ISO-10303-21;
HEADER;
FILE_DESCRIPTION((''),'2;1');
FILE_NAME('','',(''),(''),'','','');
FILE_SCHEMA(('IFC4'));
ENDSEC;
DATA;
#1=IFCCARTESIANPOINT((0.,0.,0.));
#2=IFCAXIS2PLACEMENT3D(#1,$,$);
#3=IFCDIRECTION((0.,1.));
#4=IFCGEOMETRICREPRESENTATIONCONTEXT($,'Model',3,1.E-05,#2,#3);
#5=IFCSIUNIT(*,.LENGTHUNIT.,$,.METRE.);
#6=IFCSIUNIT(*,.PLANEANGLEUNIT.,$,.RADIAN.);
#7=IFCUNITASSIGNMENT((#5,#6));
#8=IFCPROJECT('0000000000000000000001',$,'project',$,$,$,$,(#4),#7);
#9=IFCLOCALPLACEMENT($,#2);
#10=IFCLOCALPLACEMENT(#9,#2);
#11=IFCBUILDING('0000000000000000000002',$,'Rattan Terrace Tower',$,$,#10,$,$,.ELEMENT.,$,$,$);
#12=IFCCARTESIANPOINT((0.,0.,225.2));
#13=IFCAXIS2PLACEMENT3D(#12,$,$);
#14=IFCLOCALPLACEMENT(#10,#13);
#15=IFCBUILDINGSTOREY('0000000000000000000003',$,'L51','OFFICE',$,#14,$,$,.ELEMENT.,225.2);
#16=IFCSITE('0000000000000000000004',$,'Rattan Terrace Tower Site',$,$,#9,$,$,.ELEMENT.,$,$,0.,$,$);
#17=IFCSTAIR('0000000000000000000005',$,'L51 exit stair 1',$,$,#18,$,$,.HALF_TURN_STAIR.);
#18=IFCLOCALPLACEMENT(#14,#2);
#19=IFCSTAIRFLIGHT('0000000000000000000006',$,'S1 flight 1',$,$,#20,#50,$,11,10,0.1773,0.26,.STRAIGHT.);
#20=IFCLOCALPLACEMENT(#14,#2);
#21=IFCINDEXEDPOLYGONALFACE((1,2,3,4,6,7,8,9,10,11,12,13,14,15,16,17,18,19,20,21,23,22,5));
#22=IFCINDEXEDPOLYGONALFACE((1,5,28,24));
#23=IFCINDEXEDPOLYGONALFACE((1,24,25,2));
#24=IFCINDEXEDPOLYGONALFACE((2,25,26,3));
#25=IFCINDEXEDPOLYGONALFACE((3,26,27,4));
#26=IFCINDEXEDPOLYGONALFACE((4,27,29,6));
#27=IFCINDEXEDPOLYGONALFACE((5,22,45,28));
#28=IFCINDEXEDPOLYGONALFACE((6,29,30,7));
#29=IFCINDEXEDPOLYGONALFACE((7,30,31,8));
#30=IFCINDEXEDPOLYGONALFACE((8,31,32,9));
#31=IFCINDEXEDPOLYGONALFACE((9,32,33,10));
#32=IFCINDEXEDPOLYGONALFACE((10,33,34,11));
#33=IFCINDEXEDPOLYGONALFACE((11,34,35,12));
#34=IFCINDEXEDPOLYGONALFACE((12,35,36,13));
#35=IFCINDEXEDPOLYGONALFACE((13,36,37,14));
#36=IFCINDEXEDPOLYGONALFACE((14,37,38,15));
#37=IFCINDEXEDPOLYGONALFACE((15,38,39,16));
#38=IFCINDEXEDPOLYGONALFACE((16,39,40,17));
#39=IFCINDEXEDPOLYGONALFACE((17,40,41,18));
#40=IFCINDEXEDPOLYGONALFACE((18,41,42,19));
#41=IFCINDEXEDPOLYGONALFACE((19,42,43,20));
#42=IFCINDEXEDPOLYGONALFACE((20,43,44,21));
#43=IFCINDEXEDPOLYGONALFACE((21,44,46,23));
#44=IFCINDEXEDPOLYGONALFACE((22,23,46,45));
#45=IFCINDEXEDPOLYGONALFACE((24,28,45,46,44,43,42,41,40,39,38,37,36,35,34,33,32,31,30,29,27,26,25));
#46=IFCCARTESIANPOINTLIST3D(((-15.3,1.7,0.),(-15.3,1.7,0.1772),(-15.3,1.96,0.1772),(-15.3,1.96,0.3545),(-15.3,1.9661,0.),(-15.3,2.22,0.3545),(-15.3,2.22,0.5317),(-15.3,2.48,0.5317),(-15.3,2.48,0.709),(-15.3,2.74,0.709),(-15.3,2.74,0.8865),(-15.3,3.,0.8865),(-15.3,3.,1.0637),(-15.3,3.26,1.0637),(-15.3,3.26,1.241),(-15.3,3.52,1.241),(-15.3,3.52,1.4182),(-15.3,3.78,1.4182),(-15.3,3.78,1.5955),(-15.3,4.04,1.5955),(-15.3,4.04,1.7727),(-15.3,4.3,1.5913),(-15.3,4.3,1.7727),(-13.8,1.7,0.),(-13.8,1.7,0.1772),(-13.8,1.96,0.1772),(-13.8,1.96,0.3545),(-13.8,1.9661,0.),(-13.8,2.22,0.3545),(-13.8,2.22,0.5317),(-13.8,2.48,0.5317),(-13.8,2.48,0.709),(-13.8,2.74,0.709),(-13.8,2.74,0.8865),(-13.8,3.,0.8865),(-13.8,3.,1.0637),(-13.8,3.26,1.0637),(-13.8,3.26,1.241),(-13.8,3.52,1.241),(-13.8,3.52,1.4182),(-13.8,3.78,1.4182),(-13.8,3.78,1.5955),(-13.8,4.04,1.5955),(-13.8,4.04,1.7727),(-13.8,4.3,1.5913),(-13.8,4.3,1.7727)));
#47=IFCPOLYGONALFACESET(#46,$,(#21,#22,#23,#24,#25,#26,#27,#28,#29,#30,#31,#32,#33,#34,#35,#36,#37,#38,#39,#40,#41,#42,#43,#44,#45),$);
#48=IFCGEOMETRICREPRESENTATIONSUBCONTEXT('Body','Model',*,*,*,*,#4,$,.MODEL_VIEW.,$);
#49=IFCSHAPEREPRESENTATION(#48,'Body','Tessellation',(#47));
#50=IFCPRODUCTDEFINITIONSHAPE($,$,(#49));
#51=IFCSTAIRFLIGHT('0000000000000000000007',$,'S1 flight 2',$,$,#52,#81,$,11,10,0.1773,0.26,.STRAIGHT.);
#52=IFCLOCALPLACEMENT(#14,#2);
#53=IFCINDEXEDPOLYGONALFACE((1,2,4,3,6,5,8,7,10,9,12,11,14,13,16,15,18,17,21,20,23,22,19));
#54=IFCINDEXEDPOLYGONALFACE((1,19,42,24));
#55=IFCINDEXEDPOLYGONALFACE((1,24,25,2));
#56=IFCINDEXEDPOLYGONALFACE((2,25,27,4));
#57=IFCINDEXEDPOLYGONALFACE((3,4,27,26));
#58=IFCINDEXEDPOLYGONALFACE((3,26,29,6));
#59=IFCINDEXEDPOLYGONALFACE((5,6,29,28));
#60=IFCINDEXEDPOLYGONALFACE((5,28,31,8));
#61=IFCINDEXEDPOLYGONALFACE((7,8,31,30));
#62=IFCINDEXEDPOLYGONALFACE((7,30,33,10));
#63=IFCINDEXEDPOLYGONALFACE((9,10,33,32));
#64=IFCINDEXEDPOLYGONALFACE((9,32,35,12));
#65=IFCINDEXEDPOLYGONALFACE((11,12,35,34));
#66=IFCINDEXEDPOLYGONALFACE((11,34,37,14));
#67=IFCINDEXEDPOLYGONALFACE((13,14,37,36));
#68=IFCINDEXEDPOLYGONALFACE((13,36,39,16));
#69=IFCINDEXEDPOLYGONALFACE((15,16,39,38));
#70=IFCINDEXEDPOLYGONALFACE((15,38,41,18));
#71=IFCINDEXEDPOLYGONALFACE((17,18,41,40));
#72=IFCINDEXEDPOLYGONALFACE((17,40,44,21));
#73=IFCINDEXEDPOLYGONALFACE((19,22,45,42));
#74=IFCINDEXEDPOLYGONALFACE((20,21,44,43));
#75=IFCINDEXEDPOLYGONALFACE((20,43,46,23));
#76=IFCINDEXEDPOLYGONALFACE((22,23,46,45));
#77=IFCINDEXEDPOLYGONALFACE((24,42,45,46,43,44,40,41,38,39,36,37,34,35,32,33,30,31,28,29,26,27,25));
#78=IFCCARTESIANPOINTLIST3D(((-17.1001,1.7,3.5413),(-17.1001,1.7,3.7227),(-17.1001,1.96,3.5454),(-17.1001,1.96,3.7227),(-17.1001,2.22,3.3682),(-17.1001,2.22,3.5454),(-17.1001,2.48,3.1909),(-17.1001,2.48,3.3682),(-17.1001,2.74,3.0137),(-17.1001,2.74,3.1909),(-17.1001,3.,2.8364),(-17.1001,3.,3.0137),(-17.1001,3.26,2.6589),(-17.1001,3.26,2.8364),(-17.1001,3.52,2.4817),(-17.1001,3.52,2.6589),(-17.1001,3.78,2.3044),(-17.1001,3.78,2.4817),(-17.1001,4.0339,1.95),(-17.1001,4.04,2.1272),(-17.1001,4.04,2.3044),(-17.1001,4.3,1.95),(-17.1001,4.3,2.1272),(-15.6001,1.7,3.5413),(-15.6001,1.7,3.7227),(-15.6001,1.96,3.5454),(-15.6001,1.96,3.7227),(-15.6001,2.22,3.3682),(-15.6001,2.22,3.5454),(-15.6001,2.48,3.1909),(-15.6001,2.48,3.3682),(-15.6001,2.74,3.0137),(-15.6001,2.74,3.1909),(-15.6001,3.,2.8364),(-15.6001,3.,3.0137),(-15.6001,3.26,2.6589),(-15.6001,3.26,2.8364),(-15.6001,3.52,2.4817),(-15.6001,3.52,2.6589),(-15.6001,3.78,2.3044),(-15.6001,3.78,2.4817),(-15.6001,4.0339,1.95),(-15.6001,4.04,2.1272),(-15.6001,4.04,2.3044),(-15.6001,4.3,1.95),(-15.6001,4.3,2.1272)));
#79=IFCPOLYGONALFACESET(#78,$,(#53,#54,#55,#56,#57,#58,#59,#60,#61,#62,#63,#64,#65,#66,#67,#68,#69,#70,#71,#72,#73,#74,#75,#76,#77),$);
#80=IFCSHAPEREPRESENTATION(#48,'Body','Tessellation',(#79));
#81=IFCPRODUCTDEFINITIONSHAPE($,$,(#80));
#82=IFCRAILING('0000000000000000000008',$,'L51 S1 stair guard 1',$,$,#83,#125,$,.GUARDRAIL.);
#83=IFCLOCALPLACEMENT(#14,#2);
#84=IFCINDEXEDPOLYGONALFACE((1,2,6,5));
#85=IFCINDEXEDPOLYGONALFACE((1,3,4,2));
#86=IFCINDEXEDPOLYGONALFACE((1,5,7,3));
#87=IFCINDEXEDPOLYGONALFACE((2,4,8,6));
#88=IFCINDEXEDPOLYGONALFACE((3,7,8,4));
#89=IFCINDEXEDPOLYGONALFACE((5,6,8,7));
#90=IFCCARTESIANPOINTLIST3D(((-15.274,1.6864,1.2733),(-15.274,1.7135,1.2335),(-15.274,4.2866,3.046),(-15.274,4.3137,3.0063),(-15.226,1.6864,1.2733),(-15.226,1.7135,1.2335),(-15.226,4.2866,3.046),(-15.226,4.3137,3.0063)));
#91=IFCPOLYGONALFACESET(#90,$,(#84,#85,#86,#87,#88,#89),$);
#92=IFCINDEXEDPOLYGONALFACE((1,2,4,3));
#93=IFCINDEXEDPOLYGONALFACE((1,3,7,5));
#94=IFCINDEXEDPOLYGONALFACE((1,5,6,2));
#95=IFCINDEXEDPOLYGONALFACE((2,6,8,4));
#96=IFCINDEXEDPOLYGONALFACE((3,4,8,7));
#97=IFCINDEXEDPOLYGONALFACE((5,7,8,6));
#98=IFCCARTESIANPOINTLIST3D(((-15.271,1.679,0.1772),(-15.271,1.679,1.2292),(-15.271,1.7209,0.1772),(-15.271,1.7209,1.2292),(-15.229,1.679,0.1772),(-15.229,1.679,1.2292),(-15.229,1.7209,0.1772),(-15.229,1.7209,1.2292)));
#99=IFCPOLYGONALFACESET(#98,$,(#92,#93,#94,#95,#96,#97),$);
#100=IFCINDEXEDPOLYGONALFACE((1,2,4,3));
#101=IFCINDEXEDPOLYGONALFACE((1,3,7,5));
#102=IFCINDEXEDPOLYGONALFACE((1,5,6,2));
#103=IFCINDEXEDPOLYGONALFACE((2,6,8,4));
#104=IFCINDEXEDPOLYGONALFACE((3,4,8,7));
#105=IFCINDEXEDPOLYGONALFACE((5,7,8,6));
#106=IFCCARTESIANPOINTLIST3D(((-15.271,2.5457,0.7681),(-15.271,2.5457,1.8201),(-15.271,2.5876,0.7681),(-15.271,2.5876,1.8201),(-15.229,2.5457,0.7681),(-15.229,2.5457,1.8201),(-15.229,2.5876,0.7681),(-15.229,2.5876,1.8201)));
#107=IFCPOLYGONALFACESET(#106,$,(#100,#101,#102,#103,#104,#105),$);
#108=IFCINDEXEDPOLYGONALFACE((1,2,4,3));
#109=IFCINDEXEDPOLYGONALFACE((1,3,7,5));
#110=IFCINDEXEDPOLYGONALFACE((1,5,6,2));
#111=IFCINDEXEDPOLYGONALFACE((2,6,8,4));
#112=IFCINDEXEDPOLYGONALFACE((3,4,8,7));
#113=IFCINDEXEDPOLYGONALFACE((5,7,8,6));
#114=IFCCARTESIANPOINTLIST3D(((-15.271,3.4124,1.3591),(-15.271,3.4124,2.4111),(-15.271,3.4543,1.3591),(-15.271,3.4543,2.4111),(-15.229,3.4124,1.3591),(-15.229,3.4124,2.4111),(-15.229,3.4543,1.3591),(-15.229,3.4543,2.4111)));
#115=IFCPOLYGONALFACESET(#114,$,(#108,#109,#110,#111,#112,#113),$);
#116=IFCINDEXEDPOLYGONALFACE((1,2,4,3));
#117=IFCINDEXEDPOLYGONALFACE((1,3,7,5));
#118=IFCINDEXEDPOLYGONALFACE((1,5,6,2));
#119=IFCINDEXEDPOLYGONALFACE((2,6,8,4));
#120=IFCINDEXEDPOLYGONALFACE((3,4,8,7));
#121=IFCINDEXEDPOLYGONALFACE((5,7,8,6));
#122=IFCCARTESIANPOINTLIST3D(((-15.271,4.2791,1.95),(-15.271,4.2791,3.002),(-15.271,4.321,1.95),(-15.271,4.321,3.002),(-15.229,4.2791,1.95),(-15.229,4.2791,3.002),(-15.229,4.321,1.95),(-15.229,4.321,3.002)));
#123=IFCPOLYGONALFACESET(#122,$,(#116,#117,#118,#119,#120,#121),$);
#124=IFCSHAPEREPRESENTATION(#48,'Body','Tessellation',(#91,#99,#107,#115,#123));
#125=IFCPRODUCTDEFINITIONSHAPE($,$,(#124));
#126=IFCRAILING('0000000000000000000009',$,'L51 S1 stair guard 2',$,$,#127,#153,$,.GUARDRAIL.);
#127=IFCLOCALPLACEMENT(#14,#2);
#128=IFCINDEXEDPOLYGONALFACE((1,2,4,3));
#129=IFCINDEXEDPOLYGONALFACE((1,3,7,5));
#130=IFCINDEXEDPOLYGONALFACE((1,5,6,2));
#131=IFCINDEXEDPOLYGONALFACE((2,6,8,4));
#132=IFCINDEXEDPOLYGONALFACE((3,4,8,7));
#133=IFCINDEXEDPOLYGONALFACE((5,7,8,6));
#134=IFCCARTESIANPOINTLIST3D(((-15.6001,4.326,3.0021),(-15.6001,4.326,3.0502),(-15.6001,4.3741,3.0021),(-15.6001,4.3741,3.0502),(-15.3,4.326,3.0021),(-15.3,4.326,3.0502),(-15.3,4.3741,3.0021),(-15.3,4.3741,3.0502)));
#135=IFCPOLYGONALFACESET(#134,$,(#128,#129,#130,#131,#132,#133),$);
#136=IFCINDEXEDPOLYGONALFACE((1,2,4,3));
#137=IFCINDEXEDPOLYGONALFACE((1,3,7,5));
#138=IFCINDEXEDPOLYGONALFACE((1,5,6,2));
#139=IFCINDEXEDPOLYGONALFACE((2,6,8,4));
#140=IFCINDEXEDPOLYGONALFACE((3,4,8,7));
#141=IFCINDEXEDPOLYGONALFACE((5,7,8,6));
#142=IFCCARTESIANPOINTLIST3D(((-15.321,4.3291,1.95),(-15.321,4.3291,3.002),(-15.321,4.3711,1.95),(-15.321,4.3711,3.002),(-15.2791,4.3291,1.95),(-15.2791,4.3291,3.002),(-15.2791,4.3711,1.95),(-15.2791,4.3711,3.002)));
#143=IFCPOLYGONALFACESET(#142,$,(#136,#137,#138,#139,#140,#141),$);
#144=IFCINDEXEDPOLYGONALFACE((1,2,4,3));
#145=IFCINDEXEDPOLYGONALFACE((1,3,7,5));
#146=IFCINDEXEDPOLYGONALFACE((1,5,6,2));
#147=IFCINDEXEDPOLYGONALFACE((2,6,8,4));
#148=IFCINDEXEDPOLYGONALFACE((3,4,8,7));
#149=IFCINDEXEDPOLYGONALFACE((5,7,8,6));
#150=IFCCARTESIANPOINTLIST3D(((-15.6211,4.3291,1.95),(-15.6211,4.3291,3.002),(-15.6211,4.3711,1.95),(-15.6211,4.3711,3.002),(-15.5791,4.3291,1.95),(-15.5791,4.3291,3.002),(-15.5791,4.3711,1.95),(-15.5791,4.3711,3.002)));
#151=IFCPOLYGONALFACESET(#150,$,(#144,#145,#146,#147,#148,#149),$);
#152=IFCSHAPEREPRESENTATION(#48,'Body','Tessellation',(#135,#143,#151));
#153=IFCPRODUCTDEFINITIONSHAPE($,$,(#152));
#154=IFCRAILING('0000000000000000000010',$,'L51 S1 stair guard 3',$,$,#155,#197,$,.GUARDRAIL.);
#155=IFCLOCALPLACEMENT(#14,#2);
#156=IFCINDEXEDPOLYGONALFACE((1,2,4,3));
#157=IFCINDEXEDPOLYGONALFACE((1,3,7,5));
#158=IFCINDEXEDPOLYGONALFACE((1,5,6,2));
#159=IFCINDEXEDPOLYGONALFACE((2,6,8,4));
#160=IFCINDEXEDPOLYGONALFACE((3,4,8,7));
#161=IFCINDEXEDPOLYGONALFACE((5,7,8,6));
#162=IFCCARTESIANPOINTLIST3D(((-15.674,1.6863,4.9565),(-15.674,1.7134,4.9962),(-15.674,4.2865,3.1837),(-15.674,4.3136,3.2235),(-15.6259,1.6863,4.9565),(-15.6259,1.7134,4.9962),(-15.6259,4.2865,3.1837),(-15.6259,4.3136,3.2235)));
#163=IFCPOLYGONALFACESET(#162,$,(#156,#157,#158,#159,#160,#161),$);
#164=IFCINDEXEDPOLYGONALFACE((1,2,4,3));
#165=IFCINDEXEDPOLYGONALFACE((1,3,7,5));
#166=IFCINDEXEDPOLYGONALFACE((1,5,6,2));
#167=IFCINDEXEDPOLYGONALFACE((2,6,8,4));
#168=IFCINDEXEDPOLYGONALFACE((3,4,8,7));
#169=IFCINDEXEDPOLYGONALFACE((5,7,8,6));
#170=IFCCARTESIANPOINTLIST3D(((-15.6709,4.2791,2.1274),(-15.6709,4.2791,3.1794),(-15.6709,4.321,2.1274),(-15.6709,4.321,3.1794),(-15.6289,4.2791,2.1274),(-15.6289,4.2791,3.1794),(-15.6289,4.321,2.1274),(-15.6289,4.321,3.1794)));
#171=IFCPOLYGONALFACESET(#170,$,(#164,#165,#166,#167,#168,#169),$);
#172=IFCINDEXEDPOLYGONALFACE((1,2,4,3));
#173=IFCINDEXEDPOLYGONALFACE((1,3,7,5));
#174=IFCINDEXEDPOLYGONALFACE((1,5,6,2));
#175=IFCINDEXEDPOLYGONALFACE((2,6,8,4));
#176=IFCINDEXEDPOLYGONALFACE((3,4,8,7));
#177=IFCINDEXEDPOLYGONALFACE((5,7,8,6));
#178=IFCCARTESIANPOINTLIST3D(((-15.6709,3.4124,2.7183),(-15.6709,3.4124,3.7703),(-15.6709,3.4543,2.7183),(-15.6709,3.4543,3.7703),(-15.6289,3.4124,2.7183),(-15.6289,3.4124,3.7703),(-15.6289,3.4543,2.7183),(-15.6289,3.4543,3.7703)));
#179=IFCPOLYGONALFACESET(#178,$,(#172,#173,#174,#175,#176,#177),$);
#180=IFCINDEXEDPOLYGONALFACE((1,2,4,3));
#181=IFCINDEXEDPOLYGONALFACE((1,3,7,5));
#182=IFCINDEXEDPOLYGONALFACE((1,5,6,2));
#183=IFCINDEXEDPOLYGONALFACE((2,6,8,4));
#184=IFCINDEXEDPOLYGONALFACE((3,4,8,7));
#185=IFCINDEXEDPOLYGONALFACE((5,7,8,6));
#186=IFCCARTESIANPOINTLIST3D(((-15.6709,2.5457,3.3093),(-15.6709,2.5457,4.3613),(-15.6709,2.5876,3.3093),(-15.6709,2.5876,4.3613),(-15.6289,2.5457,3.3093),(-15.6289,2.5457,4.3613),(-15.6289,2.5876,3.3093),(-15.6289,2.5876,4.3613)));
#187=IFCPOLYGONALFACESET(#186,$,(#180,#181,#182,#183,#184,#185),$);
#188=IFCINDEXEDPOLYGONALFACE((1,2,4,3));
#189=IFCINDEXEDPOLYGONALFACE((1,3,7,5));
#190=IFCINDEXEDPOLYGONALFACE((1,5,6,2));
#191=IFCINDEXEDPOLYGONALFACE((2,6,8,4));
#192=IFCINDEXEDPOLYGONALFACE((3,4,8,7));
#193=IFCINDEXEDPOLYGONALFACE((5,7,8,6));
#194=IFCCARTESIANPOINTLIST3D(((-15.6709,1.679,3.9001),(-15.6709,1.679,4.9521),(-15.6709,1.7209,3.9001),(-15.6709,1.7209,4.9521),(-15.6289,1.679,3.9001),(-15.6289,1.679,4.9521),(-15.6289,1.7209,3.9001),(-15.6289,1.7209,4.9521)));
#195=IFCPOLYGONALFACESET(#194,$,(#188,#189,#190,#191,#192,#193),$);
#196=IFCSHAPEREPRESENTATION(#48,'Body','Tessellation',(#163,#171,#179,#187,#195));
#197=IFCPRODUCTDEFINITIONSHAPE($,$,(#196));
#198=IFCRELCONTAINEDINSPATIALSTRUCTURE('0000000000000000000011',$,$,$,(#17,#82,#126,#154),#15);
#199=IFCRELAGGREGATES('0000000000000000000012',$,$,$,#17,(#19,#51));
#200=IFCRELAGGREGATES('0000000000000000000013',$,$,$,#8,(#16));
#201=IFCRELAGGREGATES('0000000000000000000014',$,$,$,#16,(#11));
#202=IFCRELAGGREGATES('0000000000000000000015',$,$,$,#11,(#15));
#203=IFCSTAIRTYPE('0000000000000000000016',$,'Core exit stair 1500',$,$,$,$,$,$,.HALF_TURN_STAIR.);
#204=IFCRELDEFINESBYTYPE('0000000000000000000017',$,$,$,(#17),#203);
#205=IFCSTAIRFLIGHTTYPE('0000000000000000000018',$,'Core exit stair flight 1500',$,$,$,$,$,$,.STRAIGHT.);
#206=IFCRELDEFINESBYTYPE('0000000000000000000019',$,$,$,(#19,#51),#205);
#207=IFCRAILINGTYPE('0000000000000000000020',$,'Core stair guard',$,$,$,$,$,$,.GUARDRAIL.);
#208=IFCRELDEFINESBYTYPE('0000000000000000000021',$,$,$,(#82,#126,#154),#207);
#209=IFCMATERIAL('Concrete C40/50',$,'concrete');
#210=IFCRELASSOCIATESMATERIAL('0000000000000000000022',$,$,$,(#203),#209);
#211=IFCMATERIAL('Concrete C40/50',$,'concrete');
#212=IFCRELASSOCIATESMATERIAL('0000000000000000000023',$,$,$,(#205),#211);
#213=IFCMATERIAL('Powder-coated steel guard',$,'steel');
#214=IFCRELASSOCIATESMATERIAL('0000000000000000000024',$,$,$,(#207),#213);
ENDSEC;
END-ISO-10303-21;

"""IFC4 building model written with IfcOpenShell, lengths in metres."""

from ifc_helpers import new_model, si_unit, direction, frame, origin, origin_2d, place, context, subcontext, project, spatial, polyline, rectangle, outline, extrude, material, type_object, element, aggregate, save


model = new_model("IFC4")

# Units and contexts
model_context = context("Model", 3, precision=1e-05, world=origin(), true_north=direction((0.0, 1.0)))
body_context = subcontext(model_context, "Body", "Model", "MODEL_VIEW")
ifc_project = project(units=[si_unit("LENGTHUNIT", "METRE"), si_unit("PLANEANGLEUNIT", "RADIAN")], contexts=[model_context])

# Site, building, storey
site_placement = place(None, origin())
site = spatial("IfcSite", under=ifc_project, at=site_placement, Name="Rattan Terrace Tower Site", CompositionType="ELEMENT", RefElevation=0.0)
building_placement = place(site_placement, origin())
building = spatial("IfcBuilding", under=site, at=building_placement, Name="Rattan Terrace Tower", CompositionType="ELEMENT")
storey_placement = place(building_placement, frame((0.0, 0.0, 225.2)))
storey = spatial("IfcBuildingStorey", under=building, at=storey_placement, Name="L51", Description="OFFICE", CompositionType="ELEMENT", Elevation=225.2)

# Stair, stair flights
ifc_material_1 = material(Name="Concrete C40/50", Category="concrete")
stair_type = type_object("IfcStairType", Name="Core exit stair 1500", PredefinedType="HALF_TURN_STAIR", material=ifc_material_1)
stair_placement = place(storey_placement, origin())
stair = element("IfcStair", 1, at=stair_placement, inside=storey, type_object=stair_type, Name="L51 exit stair 1", PredefinedType="HALF_TURN_STAIR")
ifc_material_2 = material(Name="Concrete C40/50", Category="concrete")
stair_flight_type = type_object("IfcStairFlightType", Name="Core exit stair flight 1500", PredefinedType="STRAIGHT", material=ifc_material_2)
stair_flight_1_placement = place(storey_placement, frame((-14.55, 1.7, 0.0), z_axis=(0.0, 0.0, 1.0), x_axis=(0.0, 1.0, 0.0)))
stair_flight_1 = element("IfcStairFlight", 2, at=stair_flight_1_placement, type_object=stair_flight_type, Name="S1 flight 1", NumberOfRisers=11, NumberOfTreads=10, PredefinedType="STRAIGHT", RiserHeight=0.1773, TreadLength=0.26, context=body_context, shape_type="SweptSolid", body=[
    extrude(outline(polyline([(0.0, 0.0), (0.0, 0.1772), (0.26, 0.1772), (0.26, 0.3545), (0.52, 0.3545), (0.52, 0.5317), (0.78, 0.5317), (0.78, 0.709), (1.04, 0.709), (1.04, 0.8865), (1.3, 0.8865), (1.3, 1.0637), (1.5601, 1.0637), (1.5601, 1.241), (1.8201, 1.241), (1.8201, 1.4182), (2.0801, 1.4182), (2.0801, 1.5955), (2.3401, 1.5955), (2.3401, 1.7727), (2.6001, 1.7727), (2.6001, 1.95), (2.6001, 1.5913), (0.2661, 0.0), (0.0, 0.0)])), frame((0.0, 0.75, 0.0), z_axis=(0.0, -1.0, 0.0), x_axis=(1.0, 0.0, 0.0)), (0.0, 0.0, 1.0), 1.5),
])
stair_flight_2_placement = place(storey_placement, frame((-16.3501, 4.3, 1.95), z_axis=(0.0, 0.0, 1.0), x_axis=(0.0, -1.0, 0.0)))
stair_flight_2 = element("IfcStairFlight", 3, at=stair_flight_2_placement, type_object=stair_flight_type, Name="S1 flight 2", NumberOfRisers=11, NumberOfTreads=10, PredefinedType="STRAIGHT", RiserHeight=0.1773, TreadLength=0.26, context=body_context, shape_type="SweptSolid", body=[
    extrude(outline(polyline([(0.0, 0.0), (0.0, 0.1772), (0.26, 0.1772), (0.26, 0.3545), (0.52, 0.3545), (0.52, 0.5317), (0.78, 0.5317), (0.78, 0.709), (1.04, 0.709), (1.04, 0.8865), (1.3, 0.8865), (1.3, 1.0637), (1.5601, 1.0637), (1.5601, 1.241), (1.8201, 1.241), (1.8201, 1.4182), (2.0801, 1.4182), (2.0801, 1.5955), (2.3401, 1.5955), (2.3401, 1.7727), (2.6001, 1.7727), (2.6001, 1.95), (2.6001, 1.5913), (0.2661, 0.0), (0.0, 0.0)])), frame((0.0, 0.75, 0.0), z_axis=(0.0, -1.0, 0.0), x_axis=(1.0, 0.0, 0.0)), (0.0, 0.0, 1.0), 1.5),
])
aggregate(stair, [stair_flight_1, stair_flight_2])

# Railings
ifc_material_3 = material(Name="Powder-coated steel guard", Category="steel")
railing_type_1 = type_object("IfcRailingType", Name="Core stair guard", PredefinedType="GUARDRAIL", material=ifc_material_3)
railing_1_placement = place(storey_placement, frame((-15.25, 1.7, 0.1772)))
element("IfcRailing", 4, at=railing_1_placement, inside=storey, type_object=railing_type_1, Name="L51 S1 stair guard 1", PredefinedType="GUARDRAIL", context=body_context, shape_type="SweptSolid", body=[
    extrude(rectangle(XDim=0.0481, YDim=0.0481, at=origin_2d()), frame((0.0, 0.0, 1.0762), z_axis=(0.0, 0.82624, 0.563318), x_axis=(-1.0, 0.0, 0.0)), (0.0, 0.0, 1.0), 3.147),
    extrude(rectangle(XDim=0.042, YDim=0.042, at=origin_2d()), origin(), (0.0, 0.0, 1.0), 1.052),
    extrude(rectangle(XDim=0.042, YDim=0.042, at=origin_2d()), frame((0.0, 0.8667, 0.5908)), (0.0, 0.0, 1.0), 1.052),
    extrude(rectangle(XDim=0.042, YDim=0.042, at=origin_2d()), frame((0.0, 1.7334, 1.1819)), (0.0, 0.0, 1.0), 1.052),
    extrude(rectangle(XDim=0.042, YDim=0.042, at=origin_2d()), frame((0.0, 2.6001, 1.7727)), (0.0, 0.0, 1.0), 1.052),
])
railing_2_placement = place(storey_placement, frame((-15.3, 4.3501, 1.95)))
element("IfcRailing", 5, at=railing_2_placement, inside=storey, type_object=railing_type_1, Name="L51 S1 stair guard 2", PredefinedType="GUARDRAIL", context=body_context, shape_type="SweptSolid", body=[
    extrude(rectangle(XDim=0.0481, YDim=0.0481, at=origin_2d()), frame((0.0, 0.0, 1.0762), z_axis=(-1.0, 0.0, 0.0), x_axis=(0.0, -1.0, 0.0)), (0.0, 0.0, 1.0), 0.3),
    extrude(rectangle(XDim=0.042, YDim=0.042, at=origin_2d()), origin(), (0.0, 0.0, 1.0), 1.052),
    extrude(rectangle(XDim=0.042, YDim=0.042, at=origin_2d()), frame((-0.3, 0.0, 0.0)), (0.0, 0.0, 1.0), 1.052),
])
railing_3_placement = place(storey_placement, frame((-15.6499, 4.3, 2.1274)))
element("IfcRailing", 6, at=railing_3_placement, inside=storey, type_object=railing_type_1, Name="L51 S1 stair guard 3", PredefinedType="GUARDRAIL", context=body_context, shape_type="SweptSolid", body=[
    extrude(rectangle(XDim=0.0481, YDim=0.0481, at=origin_2d()), frame((0.0, 0.0, 1.0762), z_axis=(0.0, -0.82624, 0.563318), x_axis=(1.0, 0.0, 0.0)), (0.0, 0.0, 1.0), 3.147),
    extrude(rectangle(XDim=0.042, YDim=0.042, at=origin_2d()), origin(), (0.0, 0.0, 1.0), 1.052),
    extrude(rectangle(XDim=0.042, YDim=0.042, at=origin_2d()), frame((0.0, -0.8667, 0.5908)), (0.0, 0.0, 1.0), 1.052),
    extrude(rectangle(XDim=0.042, YDim=0.042, at=origin_2d()), frame((0.0, -1.7334, 1.1819)), (0.0, 0.0, 1.0), 1.052),
    extrude(rectangle(XDim=0.042, YDim=0.042, at=origin_2d()), frame((0.0, -2.6001, 1.7727)), (0.0, 0.0, 1.0), 1.052),
])

save(model, "model.ifc")
